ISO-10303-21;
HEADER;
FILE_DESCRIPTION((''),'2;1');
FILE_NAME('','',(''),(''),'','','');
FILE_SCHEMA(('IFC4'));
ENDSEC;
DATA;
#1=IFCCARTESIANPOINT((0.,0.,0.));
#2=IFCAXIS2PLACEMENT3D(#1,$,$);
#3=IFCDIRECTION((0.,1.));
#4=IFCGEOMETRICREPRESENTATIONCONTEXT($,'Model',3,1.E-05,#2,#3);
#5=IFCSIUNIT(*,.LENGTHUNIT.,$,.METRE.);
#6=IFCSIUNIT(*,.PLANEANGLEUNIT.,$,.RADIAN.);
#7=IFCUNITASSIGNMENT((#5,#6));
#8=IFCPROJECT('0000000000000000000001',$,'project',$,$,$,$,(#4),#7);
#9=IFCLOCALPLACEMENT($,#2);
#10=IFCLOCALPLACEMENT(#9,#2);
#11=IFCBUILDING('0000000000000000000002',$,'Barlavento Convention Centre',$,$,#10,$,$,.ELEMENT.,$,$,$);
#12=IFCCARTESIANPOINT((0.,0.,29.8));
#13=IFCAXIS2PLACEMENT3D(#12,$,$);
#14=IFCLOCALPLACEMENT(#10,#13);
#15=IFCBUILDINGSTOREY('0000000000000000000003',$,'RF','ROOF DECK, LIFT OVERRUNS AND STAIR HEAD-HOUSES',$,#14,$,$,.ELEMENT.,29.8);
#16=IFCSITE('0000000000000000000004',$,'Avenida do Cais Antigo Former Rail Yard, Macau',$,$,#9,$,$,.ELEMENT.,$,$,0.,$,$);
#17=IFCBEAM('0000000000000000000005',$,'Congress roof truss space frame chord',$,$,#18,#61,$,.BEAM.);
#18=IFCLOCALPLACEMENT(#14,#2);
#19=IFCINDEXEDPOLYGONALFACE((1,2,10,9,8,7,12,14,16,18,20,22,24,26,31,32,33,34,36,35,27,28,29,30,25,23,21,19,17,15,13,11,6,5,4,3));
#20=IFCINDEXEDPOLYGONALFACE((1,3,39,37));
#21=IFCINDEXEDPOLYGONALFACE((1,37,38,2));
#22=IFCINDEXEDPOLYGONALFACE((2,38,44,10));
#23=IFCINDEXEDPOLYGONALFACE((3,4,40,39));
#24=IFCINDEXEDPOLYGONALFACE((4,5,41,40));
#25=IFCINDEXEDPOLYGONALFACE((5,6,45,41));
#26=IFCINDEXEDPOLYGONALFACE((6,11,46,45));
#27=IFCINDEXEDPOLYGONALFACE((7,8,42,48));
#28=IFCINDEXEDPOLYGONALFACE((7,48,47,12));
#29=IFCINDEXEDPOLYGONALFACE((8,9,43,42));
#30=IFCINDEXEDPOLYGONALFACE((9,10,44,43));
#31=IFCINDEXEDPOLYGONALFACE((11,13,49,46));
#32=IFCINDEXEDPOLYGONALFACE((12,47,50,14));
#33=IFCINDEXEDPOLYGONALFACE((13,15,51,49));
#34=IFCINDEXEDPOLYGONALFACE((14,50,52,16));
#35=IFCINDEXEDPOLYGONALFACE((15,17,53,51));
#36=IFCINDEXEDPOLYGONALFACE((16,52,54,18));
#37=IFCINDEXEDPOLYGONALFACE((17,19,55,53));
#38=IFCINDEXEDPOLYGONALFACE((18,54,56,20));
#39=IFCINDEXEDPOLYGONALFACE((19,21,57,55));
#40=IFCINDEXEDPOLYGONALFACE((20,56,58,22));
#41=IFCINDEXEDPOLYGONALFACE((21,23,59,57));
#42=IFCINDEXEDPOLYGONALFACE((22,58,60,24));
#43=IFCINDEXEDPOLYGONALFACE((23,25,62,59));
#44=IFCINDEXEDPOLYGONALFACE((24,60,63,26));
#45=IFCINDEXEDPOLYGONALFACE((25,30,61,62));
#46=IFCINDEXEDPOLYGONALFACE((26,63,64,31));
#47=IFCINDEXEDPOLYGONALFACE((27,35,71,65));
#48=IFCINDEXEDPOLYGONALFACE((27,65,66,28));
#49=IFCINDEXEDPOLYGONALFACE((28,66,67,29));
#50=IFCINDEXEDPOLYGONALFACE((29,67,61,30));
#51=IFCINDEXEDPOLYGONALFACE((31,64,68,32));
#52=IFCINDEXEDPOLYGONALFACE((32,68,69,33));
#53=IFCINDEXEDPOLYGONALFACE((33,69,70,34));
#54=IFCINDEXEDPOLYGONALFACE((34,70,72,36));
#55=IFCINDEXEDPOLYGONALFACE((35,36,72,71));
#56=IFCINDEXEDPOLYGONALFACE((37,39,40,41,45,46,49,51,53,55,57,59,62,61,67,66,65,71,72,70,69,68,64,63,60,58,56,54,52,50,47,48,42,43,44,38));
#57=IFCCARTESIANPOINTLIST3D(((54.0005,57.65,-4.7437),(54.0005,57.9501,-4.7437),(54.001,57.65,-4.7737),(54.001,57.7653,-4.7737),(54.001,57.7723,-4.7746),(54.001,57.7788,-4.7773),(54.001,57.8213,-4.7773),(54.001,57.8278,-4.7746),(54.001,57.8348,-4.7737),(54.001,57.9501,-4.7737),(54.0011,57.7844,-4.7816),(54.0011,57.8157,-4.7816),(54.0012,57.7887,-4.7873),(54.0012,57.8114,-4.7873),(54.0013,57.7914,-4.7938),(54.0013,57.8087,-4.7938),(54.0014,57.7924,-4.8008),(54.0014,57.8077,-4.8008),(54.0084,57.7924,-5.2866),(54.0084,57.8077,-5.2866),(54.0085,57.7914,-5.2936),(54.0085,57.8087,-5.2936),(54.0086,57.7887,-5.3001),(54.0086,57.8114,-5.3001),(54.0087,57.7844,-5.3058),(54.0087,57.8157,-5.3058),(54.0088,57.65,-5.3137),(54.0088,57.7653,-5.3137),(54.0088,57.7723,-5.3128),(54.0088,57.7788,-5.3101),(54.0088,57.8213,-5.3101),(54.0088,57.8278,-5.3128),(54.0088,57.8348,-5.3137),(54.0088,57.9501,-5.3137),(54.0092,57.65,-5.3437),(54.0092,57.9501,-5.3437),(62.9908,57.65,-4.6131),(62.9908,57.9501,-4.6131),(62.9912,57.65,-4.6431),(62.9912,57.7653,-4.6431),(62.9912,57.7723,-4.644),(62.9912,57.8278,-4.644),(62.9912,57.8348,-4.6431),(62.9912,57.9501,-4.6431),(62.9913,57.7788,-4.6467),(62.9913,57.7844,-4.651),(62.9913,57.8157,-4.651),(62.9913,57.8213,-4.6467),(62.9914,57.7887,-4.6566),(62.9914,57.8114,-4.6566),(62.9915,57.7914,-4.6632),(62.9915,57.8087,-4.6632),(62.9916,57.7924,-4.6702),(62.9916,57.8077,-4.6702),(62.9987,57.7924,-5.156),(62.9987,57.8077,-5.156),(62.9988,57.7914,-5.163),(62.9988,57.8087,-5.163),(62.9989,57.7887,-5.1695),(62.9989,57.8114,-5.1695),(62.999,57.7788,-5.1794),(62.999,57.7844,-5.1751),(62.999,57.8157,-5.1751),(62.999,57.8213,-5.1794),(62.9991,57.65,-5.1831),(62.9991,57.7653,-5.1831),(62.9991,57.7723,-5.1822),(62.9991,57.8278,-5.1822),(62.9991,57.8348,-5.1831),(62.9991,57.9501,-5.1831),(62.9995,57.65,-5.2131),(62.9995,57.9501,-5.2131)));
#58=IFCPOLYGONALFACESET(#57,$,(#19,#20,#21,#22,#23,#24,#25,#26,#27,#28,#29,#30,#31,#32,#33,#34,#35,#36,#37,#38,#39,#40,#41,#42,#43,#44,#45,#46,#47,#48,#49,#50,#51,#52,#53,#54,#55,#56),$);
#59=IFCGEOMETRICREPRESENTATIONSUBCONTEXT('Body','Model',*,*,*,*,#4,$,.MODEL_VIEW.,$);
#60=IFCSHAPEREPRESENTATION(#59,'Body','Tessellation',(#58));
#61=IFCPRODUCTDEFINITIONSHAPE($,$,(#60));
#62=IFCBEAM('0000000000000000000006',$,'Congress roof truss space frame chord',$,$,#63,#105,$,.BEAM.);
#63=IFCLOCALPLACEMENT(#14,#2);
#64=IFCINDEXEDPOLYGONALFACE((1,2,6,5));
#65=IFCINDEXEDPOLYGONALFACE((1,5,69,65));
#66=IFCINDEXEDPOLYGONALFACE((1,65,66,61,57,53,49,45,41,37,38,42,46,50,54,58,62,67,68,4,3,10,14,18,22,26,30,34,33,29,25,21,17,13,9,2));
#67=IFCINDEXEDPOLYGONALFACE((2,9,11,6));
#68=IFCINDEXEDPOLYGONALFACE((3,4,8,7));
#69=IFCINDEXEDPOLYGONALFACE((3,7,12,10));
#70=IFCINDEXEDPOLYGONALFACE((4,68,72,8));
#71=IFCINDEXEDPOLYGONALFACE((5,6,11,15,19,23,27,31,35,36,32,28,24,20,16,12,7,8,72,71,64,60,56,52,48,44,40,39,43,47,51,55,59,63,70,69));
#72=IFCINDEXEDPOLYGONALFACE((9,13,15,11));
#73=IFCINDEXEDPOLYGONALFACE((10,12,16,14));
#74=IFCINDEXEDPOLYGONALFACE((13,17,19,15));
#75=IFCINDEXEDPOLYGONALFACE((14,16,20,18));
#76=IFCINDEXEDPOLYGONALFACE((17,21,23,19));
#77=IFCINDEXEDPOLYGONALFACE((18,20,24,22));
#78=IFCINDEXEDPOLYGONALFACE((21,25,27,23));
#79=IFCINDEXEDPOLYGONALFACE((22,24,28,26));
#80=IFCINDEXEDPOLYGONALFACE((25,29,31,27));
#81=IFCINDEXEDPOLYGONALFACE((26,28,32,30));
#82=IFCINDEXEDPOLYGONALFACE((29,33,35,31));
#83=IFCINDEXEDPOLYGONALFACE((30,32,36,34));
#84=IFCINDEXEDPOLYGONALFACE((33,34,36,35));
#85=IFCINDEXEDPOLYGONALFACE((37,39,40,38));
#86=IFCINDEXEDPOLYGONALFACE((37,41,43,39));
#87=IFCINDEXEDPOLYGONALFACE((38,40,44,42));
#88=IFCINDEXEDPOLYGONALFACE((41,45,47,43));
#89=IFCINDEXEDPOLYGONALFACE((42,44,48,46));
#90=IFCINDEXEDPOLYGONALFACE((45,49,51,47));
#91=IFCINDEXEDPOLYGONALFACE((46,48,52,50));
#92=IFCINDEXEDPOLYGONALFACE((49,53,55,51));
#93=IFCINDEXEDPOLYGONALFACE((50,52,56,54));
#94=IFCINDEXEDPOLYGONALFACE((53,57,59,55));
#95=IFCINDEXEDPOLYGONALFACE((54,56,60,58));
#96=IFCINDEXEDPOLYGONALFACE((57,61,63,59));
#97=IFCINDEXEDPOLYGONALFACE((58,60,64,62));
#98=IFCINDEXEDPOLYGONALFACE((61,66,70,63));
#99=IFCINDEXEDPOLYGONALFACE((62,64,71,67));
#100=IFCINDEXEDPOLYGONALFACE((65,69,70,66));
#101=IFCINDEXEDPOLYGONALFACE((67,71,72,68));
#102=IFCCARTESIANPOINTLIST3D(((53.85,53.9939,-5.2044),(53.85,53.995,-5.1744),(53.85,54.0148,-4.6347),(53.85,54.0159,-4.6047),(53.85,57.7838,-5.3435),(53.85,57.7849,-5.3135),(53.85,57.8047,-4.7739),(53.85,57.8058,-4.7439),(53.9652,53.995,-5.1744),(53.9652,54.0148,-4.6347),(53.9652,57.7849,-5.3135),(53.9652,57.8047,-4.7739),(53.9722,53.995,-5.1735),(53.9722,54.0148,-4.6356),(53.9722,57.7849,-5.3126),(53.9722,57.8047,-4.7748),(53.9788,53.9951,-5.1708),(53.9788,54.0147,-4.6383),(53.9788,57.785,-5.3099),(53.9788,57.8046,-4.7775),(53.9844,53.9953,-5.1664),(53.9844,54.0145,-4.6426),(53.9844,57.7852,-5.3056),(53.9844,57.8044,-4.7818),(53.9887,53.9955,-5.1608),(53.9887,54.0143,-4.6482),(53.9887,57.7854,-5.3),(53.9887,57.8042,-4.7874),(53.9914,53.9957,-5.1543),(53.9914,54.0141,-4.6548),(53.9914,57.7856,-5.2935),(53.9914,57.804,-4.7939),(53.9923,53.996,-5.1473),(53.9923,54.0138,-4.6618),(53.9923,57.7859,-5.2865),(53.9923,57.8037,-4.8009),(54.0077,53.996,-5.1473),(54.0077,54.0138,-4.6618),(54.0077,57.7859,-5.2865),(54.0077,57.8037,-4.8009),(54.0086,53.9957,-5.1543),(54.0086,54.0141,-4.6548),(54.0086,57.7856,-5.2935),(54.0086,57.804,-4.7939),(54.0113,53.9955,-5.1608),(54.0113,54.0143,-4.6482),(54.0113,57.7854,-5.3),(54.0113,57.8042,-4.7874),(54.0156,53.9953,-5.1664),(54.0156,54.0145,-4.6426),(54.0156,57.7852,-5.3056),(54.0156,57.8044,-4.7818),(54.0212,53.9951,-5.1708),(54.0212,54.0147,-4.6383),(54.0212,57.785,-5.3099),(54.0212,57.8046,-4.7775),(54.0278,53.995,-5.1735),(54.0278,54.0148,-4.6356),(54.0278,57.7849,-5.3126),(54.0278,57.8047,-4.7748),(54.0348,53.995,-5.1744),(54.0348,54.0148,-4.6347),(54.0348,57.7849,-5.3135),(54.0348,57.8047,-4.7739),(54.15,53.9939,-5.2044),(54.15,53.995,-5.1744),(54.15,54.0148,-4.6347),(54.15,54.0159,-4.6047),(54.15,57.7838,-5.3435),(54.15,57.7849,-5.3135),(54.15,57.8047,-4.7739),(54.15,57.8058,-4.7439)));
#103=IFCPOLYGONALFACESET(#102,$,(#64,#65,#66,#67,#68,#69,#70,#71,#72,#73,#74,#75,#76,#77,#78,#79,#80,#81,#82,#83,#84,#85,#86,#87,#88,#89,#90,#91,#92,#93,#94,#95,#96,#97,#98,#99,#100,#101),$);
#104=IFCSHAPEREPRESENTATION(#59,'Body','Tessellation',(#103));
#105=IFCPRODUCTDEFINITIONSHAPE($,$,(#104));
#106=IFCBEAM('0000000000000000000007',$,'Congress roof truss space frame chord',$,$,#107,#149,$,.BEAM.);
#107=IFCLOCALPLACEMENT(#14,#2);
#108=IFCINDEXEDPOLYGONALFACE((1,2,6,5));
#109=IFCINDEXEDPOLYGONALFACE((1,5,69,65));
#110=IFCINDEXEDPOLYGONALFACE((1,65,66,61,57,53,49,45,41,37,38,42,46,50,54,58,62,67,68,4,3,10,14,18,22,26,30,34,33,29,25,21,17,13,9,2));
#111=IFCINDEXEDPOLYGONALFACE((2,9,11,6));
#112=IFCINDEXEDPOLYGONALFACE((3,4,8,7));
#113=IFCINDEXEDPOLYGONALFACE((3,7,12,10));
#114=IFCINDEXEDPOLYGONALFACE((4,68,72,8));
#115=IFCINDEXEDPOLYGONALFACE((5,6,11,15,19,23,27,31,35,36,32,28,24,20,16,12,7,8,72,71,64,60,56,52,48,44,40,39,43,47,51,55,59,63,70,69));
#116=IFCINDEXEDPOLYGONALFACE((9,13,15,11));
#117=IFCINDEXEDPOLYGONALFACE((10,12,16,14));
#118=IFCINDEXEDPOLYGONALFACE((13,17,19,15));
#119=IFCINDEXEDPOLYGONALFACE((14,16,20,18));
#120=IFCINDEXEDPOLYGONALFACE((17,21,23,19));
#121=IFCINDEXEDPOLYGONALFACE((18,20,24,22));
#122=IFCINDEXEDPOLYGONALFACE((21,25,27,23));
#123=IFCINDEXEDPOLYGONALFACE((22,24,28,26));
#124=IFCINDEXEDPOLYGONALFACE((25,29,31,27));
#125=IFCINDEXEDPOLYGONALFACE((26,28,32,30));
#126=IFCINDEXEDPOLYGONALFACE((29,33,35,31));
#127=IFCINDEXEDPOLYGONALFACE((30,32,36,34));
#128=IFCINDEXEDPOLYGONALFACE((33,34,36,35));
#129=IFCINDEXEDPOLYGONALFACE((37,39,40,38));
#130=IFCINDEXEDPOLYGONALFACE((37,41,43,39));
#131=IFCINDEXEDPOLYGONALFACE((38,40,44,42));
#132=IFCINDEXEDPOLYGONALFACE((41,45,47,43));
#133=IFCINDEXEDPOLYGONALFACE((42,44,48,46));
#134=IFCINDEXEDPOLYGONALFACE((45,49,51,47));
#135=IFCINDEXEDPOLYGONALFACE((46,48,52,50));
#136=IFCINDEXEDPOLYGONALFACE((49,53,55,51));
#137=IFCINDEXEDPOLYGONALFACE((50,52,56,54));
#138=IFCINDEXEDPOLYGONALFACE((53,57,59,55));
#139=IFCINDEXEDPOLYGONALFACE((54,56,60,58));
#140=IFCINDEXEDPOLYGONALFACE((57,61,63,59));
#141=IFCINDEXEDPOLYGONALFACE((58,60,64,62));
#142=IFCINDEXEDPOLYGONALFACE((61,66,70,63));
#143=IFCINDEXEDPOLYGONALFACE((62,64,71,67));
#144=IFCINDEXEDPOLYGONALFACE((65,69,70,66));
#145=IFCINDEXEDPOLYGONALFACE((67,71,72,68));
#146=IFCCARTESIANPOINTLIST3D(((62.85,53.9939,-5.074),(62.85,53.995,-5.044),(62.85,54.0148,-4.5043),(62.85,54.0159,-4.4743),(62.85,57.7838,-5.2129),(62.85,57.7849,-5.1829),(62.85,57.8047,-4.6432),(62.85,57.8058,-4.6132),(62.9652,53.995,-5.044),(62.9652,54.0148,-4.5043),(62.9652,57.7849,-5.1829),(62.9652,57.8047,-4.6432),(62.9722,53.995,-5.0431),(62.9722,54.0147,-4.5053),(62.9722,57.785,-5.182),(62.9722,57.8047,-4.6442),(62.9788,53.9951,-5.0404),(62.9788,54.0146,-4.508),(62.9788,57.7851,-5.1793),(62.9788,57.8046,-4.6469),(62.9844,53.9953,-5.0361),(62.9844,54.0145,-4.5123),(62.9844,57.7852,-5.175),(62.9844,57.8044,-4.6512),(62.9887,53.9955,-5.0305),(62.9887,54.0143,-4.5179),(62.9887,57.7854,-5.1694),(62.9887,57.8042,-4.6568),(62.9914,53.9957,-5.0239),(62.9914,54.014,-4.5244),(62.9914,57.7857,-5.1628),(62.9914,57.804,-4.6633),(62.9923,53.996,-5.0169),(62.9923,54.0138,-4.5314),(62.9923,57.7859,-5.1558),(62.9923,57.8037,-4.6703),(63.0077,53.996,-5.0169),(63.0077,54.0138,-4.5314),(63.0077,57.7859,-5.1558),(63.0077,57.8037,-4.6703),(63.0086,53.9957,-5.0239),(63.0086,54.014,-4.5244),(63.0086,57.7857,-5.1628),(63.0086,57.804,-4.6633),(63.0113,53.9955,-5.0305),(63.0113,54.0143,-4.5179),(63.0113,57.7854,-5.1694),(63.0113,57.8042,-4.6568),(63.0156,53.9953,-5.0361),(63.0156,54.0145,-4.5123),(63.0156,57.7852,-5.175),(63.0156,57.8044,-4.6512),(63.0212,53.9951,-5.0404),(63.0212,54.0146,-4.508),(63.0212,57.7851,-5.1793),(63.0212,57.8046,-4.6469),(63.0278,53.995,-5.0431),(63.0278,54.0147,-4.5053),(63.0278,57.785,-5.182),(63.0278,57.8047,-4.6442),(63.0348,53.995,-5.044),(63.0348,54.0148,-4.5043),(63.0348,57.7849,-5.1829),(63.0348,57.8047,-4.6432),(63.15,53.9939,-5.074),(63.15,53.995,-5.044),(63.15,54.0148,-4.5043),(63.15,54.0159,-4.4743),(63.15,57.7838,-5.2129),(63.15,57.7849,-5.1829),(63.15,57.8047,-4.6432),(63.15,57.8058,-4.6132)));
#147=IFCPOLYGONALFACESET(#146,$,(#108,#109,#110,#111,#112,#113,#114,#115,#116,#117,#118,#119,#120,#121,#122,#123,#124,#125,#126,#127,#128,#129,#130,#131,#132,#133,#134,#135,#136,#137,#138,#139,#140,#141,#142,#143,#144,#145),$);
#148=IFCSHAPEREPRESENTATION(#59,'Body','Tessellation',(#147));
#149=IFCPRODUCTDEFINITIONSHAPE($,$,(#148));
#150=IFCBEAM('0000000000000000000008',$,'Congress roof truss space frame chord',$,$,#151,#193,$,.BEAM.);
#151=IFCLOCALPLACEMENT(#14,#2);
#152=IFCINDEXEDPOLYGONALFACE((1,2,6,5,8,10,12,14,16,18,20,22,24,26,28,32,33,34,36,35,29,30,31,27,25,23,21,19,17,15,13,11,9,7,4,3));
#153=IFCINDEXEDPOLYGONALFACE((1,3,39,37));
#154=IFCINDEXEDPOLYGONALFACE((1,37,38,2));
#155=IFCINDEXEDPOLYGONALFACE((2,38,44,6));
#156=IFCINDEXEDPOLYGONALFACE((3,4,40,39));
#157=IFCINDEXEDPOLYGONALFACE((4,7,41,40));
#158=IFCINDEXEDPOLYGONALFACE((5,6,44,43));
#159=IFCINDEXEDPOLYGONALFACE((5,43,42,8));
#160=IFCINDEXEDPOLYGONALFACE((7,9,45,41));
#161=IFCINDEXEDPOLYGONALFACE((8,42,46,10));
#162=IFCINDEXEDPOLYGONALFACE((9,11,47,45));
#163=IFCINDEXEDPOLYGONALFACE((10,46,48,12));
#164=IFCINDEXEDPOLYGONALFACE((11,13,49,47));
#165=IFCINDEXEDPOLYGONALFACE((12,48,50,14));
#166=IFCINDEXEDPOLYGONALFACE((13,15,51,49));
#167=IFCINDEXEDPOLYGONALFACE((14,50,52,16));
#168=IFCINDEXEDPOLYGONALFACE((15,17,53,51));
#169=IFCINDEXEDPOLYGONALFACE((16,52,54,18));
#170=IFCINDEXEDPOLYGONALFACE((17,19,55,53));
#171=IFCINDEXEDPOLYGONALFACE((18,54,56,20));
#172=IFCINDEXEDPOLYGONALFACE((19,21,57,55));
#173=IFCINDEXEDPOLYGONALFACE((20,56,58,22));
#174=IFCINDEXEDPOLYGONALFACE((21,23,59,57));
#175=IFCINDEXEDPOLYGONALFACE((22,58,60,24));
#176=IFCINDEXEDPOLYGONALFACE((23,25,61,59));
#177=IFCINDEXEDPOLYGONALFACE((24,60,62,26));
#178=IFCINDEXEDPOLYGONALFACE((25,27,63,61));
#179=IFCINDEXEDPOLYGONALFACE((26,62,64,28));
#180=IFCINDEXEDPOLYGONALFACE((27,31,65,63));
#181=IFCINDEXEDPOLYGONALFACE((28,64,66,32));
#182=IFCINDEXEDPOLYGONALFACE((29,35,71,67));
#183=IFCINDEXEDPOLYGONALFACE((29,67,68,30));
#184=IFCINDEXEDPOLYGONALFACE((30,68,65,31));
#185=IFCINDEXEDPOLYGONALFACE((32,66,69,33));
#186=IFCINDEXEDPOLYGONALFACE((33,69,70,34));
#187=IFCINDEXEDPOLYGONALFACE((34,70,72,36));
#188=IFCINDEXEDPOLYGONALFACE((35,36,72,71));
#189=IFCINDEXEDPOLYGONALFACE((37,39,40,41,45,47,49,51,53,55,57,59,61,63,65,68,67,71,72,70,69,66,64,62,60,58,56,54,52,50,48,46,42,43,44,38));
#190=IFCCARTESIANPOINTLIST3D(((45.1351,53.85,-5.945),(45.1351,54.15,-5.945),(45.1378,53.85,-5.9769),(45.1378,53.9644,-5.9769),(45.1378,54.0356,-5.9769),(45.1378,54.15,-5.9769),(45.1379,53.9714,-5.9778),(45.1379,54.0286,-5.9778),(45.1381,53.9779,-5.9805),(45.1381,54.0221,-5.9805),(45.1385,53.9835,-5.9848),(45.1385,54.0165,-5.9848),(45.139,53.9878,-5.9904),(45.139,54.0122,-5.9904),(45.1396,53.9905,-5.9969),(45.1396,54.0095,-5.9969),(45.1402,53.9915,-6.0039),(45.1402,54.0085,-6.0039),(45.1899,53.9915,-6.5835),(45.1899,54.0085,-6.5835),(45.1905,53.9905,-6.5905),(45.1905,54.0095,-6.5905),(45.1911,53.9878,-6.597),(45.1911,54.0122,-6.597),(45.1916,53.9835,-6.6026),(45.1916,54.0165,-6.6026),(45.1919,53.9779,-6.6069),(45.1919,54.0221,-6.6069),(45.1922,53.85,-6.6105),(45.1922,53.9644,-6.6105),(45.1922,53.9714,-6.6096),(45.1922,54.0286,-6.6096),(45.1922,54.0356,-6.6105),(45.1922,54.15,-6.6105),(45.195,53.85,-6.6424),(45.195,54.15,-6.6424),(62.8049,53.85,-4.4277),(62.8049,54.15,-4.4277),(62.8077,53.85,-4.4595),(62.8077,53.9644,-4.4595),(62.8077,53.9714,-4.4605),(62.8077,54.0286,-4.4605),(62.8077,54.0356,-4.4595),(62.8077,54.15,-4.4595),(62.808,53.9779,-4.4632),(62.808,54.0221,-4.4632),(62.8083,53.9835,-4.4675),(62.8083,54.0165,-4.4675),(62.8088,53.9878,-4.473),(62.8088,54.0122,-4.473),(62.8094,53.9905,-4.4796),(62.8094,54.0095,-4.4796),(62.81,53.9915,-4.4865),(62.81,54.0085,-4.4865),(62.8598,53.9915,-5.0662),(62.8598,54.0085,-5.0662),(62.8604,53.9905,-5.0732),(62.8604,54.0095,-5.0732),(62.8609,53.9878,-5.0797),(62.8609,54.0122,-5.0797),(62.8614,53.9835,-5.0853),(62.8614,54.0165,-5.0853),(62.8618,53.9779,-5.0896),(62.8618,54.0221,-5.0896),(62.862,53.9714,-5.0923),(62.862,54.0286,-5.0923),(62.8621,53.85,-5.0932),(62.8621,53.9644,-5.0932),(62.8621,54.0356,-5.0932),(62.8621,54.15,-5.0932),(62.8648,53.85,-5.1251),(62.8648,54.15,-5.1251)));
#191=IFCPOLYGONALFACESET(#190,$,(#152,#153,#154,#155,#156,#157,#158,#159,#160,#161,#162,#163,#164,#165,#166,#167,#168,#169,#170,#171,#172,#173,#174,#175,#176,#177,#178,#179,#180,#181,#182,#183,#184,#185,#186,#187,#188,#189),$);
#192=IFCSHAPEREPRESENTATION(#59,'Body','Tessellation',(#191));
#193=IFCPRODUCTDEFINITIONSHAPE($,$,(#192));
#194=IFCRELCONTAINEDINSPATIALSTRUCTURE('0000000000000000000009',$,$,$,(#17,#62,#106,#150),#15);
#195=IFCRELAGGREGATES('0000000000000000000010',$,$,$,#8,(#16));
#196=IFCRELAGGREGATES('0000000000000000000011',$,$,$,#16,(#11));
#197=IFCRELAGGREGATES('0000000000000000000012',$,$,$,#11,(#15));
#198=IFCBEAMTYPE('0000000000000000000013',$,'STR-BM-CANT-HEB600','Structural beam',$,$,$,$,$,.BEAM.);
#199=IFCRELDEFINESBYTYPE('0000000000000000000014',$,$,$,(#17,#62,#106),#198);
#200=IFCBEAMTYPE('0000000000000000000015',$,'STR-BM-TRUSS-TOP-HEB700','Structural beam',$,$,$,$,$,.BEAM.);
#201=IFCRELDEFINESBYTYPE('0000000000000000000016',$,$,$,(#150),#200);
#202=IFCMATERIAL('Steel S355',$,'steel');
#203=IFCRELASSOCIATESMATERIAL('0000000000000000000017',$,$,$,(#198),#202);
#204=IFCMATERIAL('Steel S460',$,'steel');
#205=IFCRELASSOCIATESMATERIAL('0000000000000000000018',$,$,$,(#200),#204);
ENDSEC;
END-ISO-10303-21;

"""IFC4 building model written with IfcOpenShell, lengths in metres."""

from ifc_helpers import new_model, si_unit, direction, frame, origin, origin_2d, place, context, subcontext, project, spatial, i_section, extrude, material, material_profile, profile_set, type_object, element, save


model = new_model("IFC4")

# Units and contexts
model_context = context("Model", 3, precision=1e-05, world=origin(), true_north=direction((0.0, 1.0)))
body_context = subcontext(model_context, "Body", "Model", "MODEL_VIEW")
ifc_project = project(units=[si_unit("LENGTHUNIT", "METRE"), si_unit("PLANEANGLEUNIT", "RADIAN")], contexts=[model_context])

# Site, building, storey
site_placement = place(None, origin())
site = spatial("IfcSite", under=ifc_project, at=site_placement, Name="Avenida do Cais Antigo Former Rail Yard, Macau", CompositionType="ELEMENT", RefElevation=0.0)
building_placement = place(site_placement, origin())
building = spatial("IfcBuilding", under=site, at=building_placement, Name="Barlavento Convention Centre", CompositionType="ELEMENT")
storey_placement = place(building_placement, frame((0.0, 0.0, 29.8)))
storey = spatial("IfcBuildingStorey", under=building, at=storey_placement, Name="RF", Description="ROOF DECK, LIFT OVERRUNS AND STAIR HEAD-HOUSES", CompositionType="ELEMENT", Elevation=29.8)

# Beams
ifc_material_1 = material(Name="Steel S355", Category="steel")
ifc_material_profile_1 = material_profile(ifc_material_1, i_section(OverallWidth=0.3, OverallDepth=0.6001, WebThickness=0.0154, FlangeThickness=0.03, FilletRadius=0.0271, at=origin_2d()), Name="HEB 600")
ifc_profile_set_1 = profile_set([ifc_material_profile_1], Name="Steel S355")
beam_type_1 = type_object("IfcBeamType", Name="STR-BM-CANT-HEB600", Description="Structural beam", PredefinedType="BEAM", material=ifc_profile_set_1)
beam_1_placement = place(storey_placement, frame((54.0049, 57.8, -5.0437), z_axis=(0.999894, 0.0, 0.014527), x_axis=(0.0, 1.0, 0.0)))
element("IfcBeam", 1, at=beam_1_placement, inside=storey, type_object=beam_type_1, Name="Congress roof truss space frame chord", PredefinedType="BEAM", context=body_context, shape_type="SweptSolid", body=[
    extrude(i_section(OverallWidth=0.3, OverallDepth=0.6001, WebThickness=0.0154, FlangeThickness=0.03, FilletRadius=0.0271, at=origin_2d()), origin(), (0.0, 0.0, 1.0), 8.9912),
])
for number, where, z_axis, x_axis, name in (
    (2, (54.0, 54.0049, -4.9045), (0.0, 0.999327, -0.036693), (-1.0, 0.0, 0.0), "Congress roof truss space frame chord"),
    (3, (63.0, 54.0049, -4.7742), (0.0, 0.999329, -0.036628), (-1.0, 0.0, 0.0), "Congress roof truss space frame chord"),
):
    element("IfcBeam", number, at=place(storey_placement, frame(where, z_axis=z_axis, x_axis=x_axis)), inside=storey, type_object=beam_type_1, Name=name, PredefinedType="BEAM", context=body_context, shape_type="SweptSolid", body=[
        extrude(i_section(OverallWidth=0.3, OverallDepth=0.6001, WebThickness=0.0154, FlangeThickness=0.03, FilletRadius=0.0271, at=origin_2d()), origin(), (0.0, 0.0, 1.0), 3.7925),
    ])
ifc_material_2 = material(Name="Steel S460", Category="steel")
ifc_material_profile_2 = material_profile(ifc_material_2, i_section(OverallWidth=0.3, OverallDepth=0.7, WebThickness=0.0171, FlangeThickness=0.032, FilletRadius=0.0271, at=origin_2d()), Name="HEB 700")
ifc_profile_set_2 = profile_set([ifc_material_profile_2], Name="Steel S460")
beam_type_2 = type_object("IfcBeamType", Name="STR-BM-TRUSS-TOP-HEB700", Description="Structural beam", PredefinedType="BEAM", material=ifc_profile_set_2)
beam_2_placement = place(storey_placement, frame((45.165, 54.0, -6.2937), z_axis=(0.996333, 0.0, 0.085556), x_axis=(0.0, 1.0, 0.0)))
element("IfcBeam", 4, at=beam_2_placement, inside=storey, type_object=beam_type_2, Name="Congress roof truss space frame chord", PredefinedType="BEAM", context=body_context, shape_type="SweptSolid", body=[
    extrude(i_section(OverallWidth=0.3, OverallDepth=0.7, WebThickness=0.0171, FlangeThickness=0.032, FilletRadius=0.0271, at=origin_2d()), origin(), (0.0, 0.0, 1.0), 17.7349),
])

save(model, "model.ifc")
